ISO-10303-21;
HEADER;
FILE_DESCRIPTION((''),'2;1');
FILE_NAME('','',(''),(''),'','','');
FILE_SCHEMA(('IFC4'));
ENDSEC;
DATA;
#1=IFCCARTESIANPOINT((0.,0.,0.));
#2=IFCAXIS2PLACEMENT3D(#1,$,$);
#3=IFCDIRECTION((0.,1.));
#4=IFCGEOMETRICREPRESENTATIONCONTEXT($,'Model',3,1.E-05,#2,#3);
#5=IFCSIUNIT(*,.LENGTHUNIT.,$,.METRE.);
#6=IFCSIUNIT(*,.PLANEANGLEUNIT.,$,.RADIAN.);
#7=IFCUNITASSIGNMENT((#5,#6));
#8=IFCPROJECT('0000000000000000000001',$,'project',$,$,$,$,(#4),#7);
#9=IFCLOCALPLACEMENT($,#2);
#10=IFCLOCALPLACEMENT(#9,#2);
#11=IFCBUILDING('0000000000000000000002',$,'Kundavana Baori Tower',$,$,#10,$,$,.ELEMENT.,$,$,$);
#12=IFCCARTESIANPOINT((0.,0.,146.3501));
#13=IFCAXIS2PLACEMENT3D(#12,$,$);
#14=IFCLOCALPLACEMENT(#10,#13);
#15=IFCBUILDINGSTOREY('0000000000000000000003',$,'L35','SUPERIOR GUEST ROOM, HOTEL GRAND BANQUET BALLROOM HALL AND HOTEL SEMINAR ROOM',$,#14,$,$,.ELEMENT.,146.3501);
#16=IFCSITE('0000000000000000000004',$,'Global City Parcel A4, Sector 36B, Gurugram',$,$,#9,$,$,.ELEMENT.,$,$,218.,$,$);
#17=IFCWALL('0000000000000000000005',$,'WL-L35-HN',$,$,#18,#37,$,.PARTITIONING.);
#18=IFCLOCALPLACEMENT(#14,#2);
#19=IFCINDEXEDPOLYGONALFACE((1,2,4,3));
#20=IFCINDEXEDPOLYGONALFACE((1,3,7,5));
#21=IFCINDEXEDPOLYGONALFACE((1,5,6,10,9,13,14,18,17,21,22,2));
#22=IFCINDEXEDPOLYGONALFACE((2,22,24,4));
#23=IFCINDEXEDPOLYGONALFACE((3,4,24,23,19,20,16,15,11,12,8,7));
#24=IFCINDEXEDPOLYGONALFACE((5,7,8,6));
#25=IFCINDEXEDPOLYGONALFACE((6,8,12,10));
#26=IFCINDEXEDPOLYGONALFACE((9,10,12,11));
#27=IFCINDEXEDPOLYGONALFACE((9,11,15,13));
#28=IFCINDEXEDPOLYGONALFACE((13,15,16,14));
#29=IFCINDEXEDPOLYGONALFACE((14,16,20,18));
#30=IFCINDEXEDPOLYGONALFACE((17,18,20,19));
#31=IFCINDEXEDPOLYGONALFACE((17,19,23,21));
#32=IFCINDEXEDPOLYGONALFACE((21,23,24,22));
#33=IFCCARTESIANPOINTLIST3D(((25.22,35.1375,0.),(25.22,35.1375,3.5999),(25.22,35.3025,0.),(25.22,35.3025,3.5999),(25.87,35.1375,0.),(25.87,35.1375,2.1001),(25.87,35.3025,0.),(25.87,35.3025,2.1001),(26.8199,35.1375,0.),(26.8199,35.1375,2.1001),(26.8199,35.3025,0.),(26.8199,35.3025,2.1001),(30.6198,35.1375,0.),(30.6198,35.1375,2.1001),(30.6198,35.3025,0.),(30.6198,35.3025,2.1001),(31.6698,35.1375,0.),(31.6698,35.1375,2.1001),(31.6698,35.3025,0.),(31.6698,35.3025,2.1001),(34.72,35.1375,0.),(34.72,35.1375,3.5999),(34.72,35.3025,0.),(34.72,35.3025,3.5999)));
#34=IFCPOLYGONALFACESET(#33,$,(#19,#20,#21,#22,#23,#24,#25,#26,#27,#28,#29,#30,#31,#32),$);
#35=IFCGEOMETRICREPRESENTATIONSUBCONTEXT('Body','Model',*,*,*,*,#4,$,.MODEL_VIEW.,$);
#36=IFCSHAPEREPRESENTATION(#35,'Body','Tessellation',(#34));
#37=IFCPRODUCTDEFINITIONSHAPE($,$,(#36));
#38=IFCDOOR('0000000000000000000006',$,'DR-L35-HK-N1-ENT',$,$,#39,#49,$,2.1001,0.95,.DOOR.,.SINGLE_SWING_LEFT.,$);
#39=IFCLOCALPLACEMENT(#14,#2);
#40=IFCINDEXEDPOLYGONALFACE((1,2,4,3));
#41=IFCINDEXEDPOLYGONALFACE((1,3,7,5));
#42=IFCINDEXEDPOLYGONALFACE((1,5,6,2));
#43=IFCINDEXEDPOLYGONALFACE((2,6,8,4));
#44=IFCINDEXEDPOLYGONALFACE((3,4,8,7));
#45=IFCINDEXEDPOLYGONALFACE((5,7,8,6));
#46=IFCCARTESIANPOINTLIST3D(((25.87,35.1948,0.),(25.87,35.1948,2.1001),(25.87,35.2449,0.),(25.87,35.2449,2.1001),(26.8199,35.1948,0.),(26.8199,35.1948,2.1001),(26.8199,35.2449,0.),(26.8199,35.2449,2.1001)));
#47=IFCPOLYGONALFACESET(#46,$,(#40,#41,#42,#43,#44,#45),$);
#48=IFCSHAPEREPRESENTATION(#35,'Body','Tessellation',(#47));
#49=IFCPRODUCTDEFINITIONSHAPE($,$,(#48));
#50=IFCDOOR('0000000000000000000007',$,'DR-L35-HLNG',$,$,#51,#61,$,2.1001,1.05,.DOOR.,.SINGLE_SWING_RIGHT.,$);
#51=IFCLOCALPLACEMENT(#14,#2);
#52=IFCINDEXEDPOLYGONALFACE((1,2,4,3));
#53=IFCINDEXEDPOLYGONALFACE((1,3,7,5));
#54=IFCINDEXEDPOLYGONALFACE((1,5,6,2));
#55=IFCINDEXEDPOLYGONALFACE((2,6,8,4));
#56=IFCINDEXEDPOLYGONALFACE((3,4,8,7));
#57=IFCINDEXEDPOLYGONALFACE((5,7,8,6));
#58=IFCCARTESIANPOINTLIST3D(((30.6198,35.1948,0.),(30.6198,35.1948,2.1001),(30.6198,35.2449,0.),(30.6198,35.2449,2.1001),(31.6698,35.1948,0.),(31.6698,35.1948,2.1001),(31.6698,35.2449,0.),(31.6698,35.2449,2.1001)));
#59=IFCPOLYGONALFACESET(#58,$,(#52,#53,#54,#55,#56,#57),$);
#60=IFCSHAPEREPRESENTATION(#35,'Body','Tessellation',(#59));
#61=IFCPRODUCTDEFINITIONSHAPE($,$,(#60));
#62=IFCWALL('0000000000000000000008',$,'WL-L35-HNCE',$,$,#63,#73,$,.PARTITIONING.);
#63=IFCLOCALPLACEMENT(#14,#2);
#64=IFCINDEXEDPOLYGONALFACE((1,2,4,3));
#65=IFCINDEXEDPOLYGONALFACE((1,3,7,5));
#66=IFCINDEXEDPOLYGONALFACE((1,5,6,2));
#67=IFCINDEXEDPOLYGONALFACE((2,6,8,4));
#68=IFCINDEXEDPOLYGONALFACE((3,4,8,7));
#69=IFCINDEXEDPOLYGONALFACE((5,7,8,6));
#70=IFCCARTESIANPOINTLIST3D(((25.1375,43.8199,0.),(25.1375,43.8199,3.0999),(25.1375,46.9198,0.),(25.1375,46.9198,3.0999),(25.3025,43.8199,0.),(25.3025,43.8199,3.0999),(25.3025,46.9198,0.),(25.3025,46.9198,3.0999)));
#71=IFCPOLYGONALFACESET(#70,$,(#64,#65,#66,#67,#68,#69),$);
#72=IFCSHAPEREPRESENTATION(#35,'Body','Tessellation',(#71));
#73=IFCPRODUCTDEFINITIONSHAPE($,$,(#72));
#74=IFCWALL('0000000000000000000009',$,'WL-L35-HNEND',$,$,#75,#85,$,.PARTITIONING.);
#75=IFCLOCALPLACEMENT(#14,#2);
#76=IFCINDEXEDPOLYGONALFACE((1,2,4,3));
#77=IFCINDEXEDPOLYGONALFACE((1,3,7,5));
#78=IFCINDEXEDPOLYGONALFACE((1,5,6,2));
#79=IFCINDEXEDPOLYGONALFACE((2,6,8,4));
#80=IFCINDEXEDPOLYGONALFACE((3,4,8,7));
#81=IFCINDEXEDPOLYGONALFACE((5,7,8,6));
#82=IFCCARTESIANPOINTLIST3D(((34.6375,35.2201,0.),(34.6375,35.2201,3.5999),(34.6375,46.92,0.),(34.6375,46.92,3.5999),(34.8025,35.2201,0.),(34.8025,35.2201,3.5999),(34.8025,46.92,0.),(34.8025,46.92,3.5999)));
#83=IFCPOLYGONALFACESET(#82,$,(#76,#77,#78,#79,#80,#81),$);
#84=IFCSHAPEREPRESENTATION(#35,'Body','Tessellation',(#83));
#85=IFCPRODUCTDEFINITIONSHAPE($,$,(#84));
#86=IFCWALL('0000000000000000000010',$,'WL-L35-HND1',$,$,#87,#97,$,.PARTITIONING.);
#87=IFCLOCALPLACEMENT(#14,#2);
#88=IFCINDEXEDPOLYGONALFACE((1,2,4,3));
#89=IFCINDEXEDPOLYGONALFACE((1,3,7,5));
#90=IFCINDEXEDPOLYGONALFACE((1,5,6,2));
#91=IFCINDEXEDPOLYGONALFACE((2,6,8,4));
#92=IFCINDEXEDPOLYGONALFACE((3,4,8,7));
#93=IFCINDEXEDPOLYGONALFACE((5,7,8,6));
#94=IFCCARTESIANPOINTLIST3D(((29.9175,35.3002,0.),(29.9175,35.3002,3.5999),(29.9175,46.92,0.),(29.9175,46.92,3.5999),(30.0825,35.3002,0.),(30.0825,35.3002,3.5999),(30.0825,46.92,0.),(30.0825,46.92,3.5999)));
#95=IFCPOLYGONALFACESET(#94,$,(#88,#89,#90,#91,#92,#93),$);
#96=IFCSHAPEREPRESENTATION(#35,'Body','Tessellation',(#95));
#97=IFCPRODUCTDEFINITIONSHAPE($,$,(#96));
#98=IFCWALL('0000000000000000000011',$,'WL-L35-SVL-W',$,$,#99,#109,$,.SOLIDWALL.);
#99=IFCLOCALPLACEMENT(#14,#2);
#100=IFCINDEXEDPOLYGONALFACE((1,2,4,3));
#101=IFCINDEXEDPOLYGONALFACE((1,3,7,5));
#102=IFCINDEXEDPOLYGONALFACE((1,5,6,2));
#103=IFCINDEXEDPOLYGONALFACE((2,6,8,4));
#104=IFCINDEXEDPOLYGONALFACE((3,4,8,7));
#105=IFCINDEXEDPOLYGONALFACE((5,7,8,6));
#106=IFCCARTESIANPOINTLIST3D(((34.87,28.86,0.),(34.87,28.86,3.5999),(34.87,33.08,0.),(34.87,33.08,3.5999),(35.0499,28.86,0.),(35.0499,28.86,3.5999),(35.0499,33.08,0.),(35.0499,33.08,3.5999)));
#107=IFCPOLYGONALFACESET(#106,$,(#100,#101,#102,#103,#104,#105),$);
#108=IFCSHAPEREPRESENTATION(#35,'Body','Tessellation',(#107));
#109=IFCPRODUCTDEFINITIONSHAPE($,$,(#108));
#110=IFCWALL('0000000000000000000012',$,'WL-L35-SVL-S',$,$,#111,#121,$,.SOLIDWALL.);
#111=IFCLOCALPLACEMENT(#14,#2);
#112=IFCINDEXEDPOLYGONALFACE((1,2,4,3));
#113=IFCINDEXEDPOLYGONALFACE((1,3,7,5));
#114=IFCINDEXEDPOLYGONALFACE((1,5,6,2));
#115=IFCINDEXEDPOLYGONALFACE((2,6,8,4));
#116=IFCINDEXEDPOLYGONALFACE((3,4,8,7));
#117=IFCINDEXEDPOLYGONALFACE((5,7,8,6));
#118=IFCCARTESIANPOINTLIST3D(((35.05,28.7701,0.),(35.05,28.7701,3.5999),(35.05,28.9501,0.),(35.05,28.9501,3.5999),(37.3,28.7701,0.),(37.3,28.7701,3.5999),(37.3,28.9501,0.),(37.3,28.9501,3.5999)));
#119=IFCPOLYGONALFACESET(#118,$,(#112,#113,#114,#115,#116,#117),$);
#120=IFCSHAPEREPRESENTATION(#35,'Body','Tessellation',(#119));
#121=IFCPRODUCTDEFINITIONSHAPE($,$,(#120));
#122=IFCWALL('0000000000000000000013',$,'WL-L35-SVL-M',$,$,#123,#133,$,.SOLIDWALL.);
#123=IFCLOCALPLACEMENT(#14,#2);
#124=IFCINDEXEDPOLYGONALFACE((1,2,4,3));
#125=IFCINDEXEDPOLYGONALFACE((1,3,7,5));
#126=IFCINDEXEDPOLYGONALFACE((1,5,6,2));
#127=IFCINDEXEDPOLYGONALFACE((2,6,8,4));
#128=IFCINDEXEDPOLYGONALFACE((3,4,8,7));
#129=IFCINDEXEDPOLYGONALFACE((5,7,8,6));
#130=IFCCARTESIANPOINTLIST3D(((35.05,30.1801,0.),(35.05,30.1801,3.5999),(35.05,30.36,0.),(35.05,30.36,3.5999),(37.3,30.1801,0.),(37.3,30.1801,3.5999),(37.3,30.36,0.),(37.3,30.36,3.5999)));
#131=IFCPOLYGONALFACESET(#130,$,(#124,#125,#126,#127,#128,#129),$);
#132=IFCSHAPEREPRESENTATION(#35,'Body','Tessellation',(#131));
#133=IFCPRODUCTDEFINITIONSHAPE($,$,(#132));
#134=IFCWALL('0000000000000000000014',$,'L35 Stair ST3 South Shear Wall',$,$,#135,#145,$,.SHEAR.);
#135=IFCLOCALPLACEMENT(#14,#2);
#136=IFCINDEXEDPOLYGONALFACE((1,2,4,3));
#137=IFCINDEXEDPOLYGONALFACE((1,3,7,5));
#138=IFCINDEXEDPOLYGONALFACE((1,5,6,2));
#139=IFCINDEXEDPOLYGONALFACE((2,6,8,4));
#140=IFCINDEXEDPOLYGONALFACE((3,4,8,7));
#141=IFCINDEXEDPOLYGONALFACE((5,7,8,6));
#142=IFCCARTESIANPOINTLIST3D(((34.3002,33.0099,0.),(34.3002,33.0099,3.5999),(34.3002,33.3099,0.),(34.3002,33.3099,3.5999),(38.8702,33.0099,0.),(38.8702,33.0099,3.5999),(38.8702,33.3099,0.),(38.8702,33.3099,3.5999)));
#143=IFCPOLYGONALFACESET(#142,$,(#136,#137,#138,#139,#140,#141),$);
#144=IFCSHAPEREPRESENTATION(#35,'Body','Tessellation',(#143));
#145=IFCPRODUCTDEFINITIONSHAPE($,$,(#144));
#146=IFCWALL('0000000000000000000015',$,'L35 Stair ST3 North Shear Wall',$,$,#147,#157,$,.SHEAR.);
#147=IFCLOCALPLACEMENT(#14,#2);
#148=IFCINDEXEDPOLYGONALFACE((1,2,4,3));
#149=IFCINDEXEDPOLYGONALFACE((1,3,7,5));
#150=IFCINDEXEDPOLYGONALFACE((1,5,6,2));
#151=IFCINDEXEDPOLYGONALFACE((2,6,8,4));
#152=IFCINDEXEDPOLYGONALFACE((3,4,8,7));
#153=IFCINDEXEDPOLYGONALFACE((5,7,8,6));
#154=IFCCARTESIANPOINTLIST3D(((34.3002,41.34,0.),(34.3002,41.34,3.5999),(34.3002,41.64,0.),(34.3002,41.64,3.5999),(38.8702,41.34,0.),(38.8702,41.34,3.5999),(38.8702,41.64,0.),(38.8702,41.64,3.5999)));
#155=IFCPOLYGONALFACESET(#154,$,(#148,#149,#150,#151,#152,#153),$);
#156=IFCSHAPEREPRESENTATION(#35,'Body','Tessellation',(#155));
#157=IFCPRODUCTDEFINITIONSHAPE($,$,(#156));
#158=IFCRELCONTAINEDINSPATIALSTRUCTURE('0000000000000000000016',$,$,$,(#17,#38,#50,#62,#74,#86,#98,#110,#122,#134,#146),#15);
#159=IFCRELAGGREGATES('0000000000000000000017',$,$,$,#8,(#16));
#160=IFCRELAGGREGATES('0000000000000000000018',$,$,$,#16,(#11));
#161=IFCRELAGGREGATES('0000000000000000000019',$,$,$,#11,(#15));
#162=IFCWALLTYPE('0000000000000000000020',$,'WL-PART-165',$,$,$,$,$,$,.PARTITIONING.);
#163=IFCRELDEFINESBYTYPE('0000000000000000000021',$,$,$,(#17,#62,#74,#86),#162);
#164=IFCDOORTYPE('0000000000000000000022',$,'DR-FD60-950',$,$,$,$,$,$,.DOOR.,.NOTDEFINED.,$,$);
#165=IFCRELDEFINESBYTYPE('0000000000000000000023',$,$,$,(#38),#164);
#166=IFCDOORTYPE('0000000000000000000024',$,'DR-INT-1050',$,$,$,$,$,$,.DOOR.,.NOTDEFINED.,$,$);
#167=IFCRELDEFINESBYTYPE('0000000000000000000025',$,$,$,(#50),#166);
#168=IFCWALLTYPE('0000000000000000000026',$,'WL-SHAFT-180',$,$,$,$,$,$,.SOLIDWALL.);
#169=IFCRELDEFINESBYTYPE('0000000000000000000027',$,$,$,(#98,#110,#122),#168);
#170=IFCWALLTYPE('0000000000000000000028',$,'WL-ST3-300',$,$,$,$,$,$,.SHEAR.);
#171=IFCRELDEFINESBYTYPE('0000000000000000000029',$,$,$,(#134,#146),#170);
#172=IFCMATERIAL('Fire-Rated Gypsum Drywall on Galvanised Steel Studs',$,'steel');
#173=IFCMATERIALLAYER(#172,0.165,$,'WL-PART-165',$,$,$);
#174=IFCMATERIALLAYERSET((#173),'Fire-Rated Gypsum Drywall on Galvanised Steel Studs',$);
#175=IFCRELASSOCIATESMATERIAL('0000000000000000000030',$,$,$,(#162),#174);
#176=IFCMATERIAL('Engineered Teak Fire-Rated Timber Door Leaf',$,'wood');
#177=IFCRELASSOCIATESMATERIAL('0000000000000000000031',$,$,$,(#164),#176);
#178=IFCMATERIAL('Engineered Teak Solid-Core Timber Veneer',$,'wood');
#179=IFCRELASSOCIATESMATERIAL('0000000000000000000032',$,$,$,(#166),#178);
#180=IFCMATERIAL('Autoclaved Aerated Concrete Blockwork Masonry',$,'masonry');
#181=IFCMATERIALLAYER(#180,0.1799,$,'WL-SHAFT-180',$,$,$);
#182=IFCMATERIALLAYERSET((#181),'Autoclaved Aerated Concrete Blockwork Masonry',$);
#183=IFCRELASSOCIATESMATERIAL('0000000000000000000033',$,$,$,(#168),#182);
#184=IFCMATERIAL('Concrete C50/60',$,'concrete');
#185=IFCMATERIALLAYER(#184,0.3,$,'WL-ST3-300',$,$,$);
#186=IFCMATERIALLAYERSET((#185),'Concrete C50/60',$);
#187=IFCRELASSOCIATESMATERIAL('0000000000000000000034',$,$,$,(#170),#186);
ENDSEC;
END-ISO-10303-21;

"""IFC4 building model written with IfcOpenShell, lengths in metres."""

from ifc_helpers import new_model, si_unit, direction, frame, frame_2d, origin, place, context, subcontext, project, spatial, rectangle, extrude, material, layer, layer_set, type_object, element, fill, save


model = new_model("IFC4")

# Units and contexts
model_context = context("Model", 3, precision=1e-05, world=origin(), true_north=direction((0.0, 1.0)))
body_context = subcontext(model_context, "Body", "Model", "MODEL_VIEW")
ifc_project = project(units=[si_unit("LENGTHUNIT", "METRE"), si_unit("PLANEANGLEUNIT", "RADIAN")], contexts=[model_context])

# Site, building, storey
site_placement = place(None, origin())
site = spatial("IfcSite", under=ifc_project, at=site_placement, Name="Global City Parcel A4, Sector 36B, Gurugram", CompositionType="ELEMENT", RefElevation=218.0)
building_placement = place(site_placement, origin())
building = spatial("IfcBuilding", under=site, at=building_placement, Name="Kundavana Baori Tower", CompositionType="ELEMENT")
storey_placement = place(building_placement, frame((0.0, 0.0, 146.3501)))
storey = spatial("IfcBuildingStorey", under=building, at=storey_placement, Name="L35", Description="SUPERIOR GUEST ROOM, HOTEL GRAND BANQUET BALLROOM HALL AND HOTEL SEMINAR ROOM", CompositionType="ELEMENT", Elevation=146.3501)

# Wall, openings, doors
ifc_material_1 = material(Name="Fire-Rated Gypsum Drywall on Galvanised Steel Studs", Category="steel")
ifc_layer_1 = layer(ifc_material_1, 0.165, Name="WL-PART-165")
ifc_layer_set_1 = layer_set([ifc_layer_1], Name="Fire-Rated Gypsum Drywall on Galvanised Steel Studs")
wall_type_1 = type_object("IfcWallType", Name="WL-PART-165", PredefinedType="PARTITIONING", material=ifc_layer_set_1)
wall_1_placement = place(storey_placement, frame((25.22, 35.22, 0.0), z_axis=(0.0, 0.0, 1.0), x_axis=(1.0, 0.0, 0.0)))
wall_1 = element("IfcWall", 1, at=wall_1_placement, inside=storey, type_object=wall_type_1, Name="WL-L35-HN", PredefinedType="PARTITIONING", context=body_context, shape_type="SweptSolid", body=[
    extrude(rectangle(XDim=9.5, YDim=0.165, at=frame_2d((4.75, 0.0))), origin(), (0.0, 0.0, 1.0), 3.5999),
])
opening_1_placement = place(wall_1_placement, frame((0.6499, 0.0, 0.0)))
opening_1 = element("IfcOpeningElement", 2, at=opening_1_placement, cuts=wall_1, PredefinedType="OPENING", context=body_context, shape_type="SweptSolid", body=[
    extrude(rectangle(XDim=0.95, YDim=2.1001, at=frame_2d((0.4751, 1.05))), frame((0.0, 0.0925, 0.0), z_axis=(0.0, -1.0, 0.0), x_axis=(1.0, 0.0, 0.0)), (0.0, 0.0, 1.0), 0.1851),
])
opening_2_placement = place(wall_1_placement, frame((5.3999, 0.0, 0.0)))
opening_2 = element("IfcOpeningElement", 3, at=opening_2_placement, cuts=wall_1, PredefinedType="OPENING", context=body_context, shape_type="SweptSolid", body=[
    extrude(rectangle(XDim=1.05, YDim=2.1001, at=frame_2d((0.5249, 1.05))), frame((0.0, 0.0925, 0.0), z_axis=(0.0, -1.0, 0.0), x_axis=(1.0, 0.0, 0.0)), (0.0, 0.0, 1.0), 0.1851),
])
ifc_material_2 = material(Name="Engineered Teak Fire-Rated Timber Door Leaf", Category="wood")
door_type_1 = type_object("IfcDoorType", Name="DR-FD60-950", OperationType="NOTDEFINED", PredefinedType="DOOR", material=ifc_material_2)
door_1_placement = place(opening_1_placement, origin())
door_1 = element("IfcDoor", 4, at=door_1_placement, inside=storey, type_object=door_type_1, Name="DR-L35-HK-N1-ENT", OperationType="SINGLE_SWING_LEFT", OverallHeight=2.1001, OverallWidth=0.95, PredefinedType="DOOR", context=body_context, shape_type="SweptSolid", body=[
    extrude(rectangle(XDim=0.95, YDim=2.1001, at=frame_2d((0.4751, 1.05))), frame((0.0, 0.0249, 0.0), z_axis=(0.0, -1.0, 0.0), x_axis=(1.0, 0.0, 0.0)), (0.0, 0.0, 1.0), 0.05),
])
fill(opening_1, door_1)
ifc_material_3 = material(Name="Engineered Teak Solid-Core Timber Veneer", Category="wood")
door_type_2 = type_object("IfcDoorType", Name="DR-INT-1050", OperationType="NOTDEFINED", PredefinedType="DOOR", material=ifc_material_3)
door_2_placement = place(opening_2_placement, origin())
door_2 = element("IfcDoor", 5, at=door_2_placement, inside=storey, type_object=door_type_2, Name="DR-L35-HLNG", OperationType="SINGLE_SWING_RIGHT", OverallHeight=2.1001, OverallWidth=1.05, PredefinedType="DOOR", context=body_context, shape_type="SweptSolid", body=[
    extrude(rectangle(XDim=1.05, YDim=2.1001, at=frame_2d((0.5249, 1.05))), frame((0.0, 0.0249, 0.0), z_axis=(0.0, -1.0, 0.0), x_axis=(1.0, 0.0, 0.0)), (0.0, 0.0, 1.0), 0.05),
])
fill(opening_2, door_2)

# Walls
wall_2_placement = place(storey_placement, frame((25.22, 43.8201, 0.0), z_axis=(0.0, 0.0, 1.0), x_axis=(0.0, 1.0, 0.0)))
element("IfcWall", 6, at=wall_2_placement, inside=storey, type_object=wall_type_1, Name="WL-L35-HNCE", PredefinedType="PARTITIONING", context=body_context, shape_type="SweptSolid", body=[
    extrude(rectangle(XDim=3.0999, YDim=0.165, at=frame_2d((1.5498, 0.0))), origin(), (0.0, 0.0, 1.0), 3.0999),
])
wall_3_placement = place(storey_placement, frame((34.72, 35.22, 0.0), z_axis=(0.0, 0.0, 1.0), x_axis=(0.0, 1.0, 0.0)))
element("IfcWall", 7, at=wall_3_placement, inside=storey, type_object=wall_type_1, Name="WL-L35-HNEND", PredefinedType="PARTITIONING", context=body_context, shape_type="SweptSolid", body=[
    extrude(rectangle(XDim=11.7, YDim=0.165, at=frame_2d((5.8501, 0.0))), origin(), (0.0, 0.0, 1.0), 3.5999),
])
wall_4_placement = place(storey_placement, frame((30.0, 35.3, 0.0), z_axis=(0.0, 0.0, 1.0), x_axis=(0.0, 1.0, 0.0)))
element("IfcWall", 8, at=wall_4_placement, inside=storey, type_object=wall_type_1, Name="WL-L35-HND1", PredefinedType="PARTITIONING", context=body_context, shape_type="SweptSolid", body=[
    extrude(rectangle(XDim=11.6199, YDim=0.165, at=frame_2d((5.8101, 0.0))), origin(), (0.0, 0.0, 1.0), 3.5999),
])
ifc_material_4 = material(Name="Autoclaved Aerated Concrete Blockwork Masonry", Category="masonry")
ifc_layer_2 = layer(ifc_material_4, 0.1799, Name="WL-SHAFT-180")
ifc_layer_set_2 = layer_set([ifc_layer_2], Name="Autoclaved Aerated Concrete Blockwork Masonry")
wall_type_2 = type_object("IfcWallType", Name="WL-SHAFT-180", PredefinedType="SOLIDWALL", material=ifc_layer_set_2)
wall_5_placement = place(storey_placement, frame((34.96, 28.8601, 0.0), z_axis=(0.0, 0.0, 1.0), x_axis=(0.0, 1.0, 0.0)))
element("IfcWall", 9, at=wall_5_placement, inside=storey, type_object=wall_type_2, Name="WL-L35-SVL-W", PredefinedType="SOLIDWALL", context=body_context, shape_type="SweptSolid", body=[
    extrude(rectangle(XDim=4.22, YDim=0.1799, at=frame_2d((2.1099, 0.0))), origin(), (0.0, 0.0, 1.0), 3.5999),
])
for number, where, z_axis, x_axis, name in (
    (10, (35.05, 28.8601, 0.0), (0.0, 0.0, 1.0), (1.0, 0.0, 0.0), "WL-L35-SVL-S"),
    (11, (35.05, 30.27, 0.0), (0.0, 0.0, 1.0), (1.0, 0.0, 0.0), "WL-L35-SVL-M"),
):
    element("IfcWall", number, at=place(storey_placement, frame(where, z_axis=z_axis, x_axis=x_axis)), inside=storey, type_object=wall_type_2, Name=name, PredefinedType="SOLIDWALL", context=body_context, shape_type="SweptSolid", body=[
        extrude(rectangle(XDim=2.25, YDim=0.1799, at=frame_2d((1.125, 0.0))), origin(), (0.0, 0.0, 1.0), 3.5999),
    ])
ifc_material_5 = material(Name="Concrete C50/60", Category="concrete")
ifc_layer_3 = layer(ifc_material_5, 0.3, Name="WL-ST3-300")
ifc_layer_set_3 = layer_set([ifc_layer_3], Name="Concrete C50/60")
wall_type_3 = type_object("IfcWallType", Name="WL-ST3-300", PredefinedType="SHEAR", material=ifc_layer_set_3)
for number, where, z_axis, x_axis, name in (
    (12, (34.3, 33.1599, 0.0), (0.0, 0.0, 1.0), (1.0, 0.0, 0.0), "L35 Stair ST3 South Shear Wall"),
    (13, (34.3, 41.49, 0.0), (0.0, 0.0, 1.0), (1.0, 0.0, 0.0), "L35 Stair ST3 North Shear Wall"),
):
    element("IfcWall", number, at=place(storey_placement, frame(where, z_axis=z_axis, x_axis=x_axis)), inside=storey, type_object=wall_type_3, Name=name, PredefinedType="SHEAR", context=body_context, shape_type="SweptSolid", body=[
        extrude(rectangle(XDim=4.5701, YDim=0.3, at=frame_2d((2.2852, 0.0))), origin(), (0.0, 0.0, 1.0), 3.5999),
    ])

save(model, "model.ifc")
